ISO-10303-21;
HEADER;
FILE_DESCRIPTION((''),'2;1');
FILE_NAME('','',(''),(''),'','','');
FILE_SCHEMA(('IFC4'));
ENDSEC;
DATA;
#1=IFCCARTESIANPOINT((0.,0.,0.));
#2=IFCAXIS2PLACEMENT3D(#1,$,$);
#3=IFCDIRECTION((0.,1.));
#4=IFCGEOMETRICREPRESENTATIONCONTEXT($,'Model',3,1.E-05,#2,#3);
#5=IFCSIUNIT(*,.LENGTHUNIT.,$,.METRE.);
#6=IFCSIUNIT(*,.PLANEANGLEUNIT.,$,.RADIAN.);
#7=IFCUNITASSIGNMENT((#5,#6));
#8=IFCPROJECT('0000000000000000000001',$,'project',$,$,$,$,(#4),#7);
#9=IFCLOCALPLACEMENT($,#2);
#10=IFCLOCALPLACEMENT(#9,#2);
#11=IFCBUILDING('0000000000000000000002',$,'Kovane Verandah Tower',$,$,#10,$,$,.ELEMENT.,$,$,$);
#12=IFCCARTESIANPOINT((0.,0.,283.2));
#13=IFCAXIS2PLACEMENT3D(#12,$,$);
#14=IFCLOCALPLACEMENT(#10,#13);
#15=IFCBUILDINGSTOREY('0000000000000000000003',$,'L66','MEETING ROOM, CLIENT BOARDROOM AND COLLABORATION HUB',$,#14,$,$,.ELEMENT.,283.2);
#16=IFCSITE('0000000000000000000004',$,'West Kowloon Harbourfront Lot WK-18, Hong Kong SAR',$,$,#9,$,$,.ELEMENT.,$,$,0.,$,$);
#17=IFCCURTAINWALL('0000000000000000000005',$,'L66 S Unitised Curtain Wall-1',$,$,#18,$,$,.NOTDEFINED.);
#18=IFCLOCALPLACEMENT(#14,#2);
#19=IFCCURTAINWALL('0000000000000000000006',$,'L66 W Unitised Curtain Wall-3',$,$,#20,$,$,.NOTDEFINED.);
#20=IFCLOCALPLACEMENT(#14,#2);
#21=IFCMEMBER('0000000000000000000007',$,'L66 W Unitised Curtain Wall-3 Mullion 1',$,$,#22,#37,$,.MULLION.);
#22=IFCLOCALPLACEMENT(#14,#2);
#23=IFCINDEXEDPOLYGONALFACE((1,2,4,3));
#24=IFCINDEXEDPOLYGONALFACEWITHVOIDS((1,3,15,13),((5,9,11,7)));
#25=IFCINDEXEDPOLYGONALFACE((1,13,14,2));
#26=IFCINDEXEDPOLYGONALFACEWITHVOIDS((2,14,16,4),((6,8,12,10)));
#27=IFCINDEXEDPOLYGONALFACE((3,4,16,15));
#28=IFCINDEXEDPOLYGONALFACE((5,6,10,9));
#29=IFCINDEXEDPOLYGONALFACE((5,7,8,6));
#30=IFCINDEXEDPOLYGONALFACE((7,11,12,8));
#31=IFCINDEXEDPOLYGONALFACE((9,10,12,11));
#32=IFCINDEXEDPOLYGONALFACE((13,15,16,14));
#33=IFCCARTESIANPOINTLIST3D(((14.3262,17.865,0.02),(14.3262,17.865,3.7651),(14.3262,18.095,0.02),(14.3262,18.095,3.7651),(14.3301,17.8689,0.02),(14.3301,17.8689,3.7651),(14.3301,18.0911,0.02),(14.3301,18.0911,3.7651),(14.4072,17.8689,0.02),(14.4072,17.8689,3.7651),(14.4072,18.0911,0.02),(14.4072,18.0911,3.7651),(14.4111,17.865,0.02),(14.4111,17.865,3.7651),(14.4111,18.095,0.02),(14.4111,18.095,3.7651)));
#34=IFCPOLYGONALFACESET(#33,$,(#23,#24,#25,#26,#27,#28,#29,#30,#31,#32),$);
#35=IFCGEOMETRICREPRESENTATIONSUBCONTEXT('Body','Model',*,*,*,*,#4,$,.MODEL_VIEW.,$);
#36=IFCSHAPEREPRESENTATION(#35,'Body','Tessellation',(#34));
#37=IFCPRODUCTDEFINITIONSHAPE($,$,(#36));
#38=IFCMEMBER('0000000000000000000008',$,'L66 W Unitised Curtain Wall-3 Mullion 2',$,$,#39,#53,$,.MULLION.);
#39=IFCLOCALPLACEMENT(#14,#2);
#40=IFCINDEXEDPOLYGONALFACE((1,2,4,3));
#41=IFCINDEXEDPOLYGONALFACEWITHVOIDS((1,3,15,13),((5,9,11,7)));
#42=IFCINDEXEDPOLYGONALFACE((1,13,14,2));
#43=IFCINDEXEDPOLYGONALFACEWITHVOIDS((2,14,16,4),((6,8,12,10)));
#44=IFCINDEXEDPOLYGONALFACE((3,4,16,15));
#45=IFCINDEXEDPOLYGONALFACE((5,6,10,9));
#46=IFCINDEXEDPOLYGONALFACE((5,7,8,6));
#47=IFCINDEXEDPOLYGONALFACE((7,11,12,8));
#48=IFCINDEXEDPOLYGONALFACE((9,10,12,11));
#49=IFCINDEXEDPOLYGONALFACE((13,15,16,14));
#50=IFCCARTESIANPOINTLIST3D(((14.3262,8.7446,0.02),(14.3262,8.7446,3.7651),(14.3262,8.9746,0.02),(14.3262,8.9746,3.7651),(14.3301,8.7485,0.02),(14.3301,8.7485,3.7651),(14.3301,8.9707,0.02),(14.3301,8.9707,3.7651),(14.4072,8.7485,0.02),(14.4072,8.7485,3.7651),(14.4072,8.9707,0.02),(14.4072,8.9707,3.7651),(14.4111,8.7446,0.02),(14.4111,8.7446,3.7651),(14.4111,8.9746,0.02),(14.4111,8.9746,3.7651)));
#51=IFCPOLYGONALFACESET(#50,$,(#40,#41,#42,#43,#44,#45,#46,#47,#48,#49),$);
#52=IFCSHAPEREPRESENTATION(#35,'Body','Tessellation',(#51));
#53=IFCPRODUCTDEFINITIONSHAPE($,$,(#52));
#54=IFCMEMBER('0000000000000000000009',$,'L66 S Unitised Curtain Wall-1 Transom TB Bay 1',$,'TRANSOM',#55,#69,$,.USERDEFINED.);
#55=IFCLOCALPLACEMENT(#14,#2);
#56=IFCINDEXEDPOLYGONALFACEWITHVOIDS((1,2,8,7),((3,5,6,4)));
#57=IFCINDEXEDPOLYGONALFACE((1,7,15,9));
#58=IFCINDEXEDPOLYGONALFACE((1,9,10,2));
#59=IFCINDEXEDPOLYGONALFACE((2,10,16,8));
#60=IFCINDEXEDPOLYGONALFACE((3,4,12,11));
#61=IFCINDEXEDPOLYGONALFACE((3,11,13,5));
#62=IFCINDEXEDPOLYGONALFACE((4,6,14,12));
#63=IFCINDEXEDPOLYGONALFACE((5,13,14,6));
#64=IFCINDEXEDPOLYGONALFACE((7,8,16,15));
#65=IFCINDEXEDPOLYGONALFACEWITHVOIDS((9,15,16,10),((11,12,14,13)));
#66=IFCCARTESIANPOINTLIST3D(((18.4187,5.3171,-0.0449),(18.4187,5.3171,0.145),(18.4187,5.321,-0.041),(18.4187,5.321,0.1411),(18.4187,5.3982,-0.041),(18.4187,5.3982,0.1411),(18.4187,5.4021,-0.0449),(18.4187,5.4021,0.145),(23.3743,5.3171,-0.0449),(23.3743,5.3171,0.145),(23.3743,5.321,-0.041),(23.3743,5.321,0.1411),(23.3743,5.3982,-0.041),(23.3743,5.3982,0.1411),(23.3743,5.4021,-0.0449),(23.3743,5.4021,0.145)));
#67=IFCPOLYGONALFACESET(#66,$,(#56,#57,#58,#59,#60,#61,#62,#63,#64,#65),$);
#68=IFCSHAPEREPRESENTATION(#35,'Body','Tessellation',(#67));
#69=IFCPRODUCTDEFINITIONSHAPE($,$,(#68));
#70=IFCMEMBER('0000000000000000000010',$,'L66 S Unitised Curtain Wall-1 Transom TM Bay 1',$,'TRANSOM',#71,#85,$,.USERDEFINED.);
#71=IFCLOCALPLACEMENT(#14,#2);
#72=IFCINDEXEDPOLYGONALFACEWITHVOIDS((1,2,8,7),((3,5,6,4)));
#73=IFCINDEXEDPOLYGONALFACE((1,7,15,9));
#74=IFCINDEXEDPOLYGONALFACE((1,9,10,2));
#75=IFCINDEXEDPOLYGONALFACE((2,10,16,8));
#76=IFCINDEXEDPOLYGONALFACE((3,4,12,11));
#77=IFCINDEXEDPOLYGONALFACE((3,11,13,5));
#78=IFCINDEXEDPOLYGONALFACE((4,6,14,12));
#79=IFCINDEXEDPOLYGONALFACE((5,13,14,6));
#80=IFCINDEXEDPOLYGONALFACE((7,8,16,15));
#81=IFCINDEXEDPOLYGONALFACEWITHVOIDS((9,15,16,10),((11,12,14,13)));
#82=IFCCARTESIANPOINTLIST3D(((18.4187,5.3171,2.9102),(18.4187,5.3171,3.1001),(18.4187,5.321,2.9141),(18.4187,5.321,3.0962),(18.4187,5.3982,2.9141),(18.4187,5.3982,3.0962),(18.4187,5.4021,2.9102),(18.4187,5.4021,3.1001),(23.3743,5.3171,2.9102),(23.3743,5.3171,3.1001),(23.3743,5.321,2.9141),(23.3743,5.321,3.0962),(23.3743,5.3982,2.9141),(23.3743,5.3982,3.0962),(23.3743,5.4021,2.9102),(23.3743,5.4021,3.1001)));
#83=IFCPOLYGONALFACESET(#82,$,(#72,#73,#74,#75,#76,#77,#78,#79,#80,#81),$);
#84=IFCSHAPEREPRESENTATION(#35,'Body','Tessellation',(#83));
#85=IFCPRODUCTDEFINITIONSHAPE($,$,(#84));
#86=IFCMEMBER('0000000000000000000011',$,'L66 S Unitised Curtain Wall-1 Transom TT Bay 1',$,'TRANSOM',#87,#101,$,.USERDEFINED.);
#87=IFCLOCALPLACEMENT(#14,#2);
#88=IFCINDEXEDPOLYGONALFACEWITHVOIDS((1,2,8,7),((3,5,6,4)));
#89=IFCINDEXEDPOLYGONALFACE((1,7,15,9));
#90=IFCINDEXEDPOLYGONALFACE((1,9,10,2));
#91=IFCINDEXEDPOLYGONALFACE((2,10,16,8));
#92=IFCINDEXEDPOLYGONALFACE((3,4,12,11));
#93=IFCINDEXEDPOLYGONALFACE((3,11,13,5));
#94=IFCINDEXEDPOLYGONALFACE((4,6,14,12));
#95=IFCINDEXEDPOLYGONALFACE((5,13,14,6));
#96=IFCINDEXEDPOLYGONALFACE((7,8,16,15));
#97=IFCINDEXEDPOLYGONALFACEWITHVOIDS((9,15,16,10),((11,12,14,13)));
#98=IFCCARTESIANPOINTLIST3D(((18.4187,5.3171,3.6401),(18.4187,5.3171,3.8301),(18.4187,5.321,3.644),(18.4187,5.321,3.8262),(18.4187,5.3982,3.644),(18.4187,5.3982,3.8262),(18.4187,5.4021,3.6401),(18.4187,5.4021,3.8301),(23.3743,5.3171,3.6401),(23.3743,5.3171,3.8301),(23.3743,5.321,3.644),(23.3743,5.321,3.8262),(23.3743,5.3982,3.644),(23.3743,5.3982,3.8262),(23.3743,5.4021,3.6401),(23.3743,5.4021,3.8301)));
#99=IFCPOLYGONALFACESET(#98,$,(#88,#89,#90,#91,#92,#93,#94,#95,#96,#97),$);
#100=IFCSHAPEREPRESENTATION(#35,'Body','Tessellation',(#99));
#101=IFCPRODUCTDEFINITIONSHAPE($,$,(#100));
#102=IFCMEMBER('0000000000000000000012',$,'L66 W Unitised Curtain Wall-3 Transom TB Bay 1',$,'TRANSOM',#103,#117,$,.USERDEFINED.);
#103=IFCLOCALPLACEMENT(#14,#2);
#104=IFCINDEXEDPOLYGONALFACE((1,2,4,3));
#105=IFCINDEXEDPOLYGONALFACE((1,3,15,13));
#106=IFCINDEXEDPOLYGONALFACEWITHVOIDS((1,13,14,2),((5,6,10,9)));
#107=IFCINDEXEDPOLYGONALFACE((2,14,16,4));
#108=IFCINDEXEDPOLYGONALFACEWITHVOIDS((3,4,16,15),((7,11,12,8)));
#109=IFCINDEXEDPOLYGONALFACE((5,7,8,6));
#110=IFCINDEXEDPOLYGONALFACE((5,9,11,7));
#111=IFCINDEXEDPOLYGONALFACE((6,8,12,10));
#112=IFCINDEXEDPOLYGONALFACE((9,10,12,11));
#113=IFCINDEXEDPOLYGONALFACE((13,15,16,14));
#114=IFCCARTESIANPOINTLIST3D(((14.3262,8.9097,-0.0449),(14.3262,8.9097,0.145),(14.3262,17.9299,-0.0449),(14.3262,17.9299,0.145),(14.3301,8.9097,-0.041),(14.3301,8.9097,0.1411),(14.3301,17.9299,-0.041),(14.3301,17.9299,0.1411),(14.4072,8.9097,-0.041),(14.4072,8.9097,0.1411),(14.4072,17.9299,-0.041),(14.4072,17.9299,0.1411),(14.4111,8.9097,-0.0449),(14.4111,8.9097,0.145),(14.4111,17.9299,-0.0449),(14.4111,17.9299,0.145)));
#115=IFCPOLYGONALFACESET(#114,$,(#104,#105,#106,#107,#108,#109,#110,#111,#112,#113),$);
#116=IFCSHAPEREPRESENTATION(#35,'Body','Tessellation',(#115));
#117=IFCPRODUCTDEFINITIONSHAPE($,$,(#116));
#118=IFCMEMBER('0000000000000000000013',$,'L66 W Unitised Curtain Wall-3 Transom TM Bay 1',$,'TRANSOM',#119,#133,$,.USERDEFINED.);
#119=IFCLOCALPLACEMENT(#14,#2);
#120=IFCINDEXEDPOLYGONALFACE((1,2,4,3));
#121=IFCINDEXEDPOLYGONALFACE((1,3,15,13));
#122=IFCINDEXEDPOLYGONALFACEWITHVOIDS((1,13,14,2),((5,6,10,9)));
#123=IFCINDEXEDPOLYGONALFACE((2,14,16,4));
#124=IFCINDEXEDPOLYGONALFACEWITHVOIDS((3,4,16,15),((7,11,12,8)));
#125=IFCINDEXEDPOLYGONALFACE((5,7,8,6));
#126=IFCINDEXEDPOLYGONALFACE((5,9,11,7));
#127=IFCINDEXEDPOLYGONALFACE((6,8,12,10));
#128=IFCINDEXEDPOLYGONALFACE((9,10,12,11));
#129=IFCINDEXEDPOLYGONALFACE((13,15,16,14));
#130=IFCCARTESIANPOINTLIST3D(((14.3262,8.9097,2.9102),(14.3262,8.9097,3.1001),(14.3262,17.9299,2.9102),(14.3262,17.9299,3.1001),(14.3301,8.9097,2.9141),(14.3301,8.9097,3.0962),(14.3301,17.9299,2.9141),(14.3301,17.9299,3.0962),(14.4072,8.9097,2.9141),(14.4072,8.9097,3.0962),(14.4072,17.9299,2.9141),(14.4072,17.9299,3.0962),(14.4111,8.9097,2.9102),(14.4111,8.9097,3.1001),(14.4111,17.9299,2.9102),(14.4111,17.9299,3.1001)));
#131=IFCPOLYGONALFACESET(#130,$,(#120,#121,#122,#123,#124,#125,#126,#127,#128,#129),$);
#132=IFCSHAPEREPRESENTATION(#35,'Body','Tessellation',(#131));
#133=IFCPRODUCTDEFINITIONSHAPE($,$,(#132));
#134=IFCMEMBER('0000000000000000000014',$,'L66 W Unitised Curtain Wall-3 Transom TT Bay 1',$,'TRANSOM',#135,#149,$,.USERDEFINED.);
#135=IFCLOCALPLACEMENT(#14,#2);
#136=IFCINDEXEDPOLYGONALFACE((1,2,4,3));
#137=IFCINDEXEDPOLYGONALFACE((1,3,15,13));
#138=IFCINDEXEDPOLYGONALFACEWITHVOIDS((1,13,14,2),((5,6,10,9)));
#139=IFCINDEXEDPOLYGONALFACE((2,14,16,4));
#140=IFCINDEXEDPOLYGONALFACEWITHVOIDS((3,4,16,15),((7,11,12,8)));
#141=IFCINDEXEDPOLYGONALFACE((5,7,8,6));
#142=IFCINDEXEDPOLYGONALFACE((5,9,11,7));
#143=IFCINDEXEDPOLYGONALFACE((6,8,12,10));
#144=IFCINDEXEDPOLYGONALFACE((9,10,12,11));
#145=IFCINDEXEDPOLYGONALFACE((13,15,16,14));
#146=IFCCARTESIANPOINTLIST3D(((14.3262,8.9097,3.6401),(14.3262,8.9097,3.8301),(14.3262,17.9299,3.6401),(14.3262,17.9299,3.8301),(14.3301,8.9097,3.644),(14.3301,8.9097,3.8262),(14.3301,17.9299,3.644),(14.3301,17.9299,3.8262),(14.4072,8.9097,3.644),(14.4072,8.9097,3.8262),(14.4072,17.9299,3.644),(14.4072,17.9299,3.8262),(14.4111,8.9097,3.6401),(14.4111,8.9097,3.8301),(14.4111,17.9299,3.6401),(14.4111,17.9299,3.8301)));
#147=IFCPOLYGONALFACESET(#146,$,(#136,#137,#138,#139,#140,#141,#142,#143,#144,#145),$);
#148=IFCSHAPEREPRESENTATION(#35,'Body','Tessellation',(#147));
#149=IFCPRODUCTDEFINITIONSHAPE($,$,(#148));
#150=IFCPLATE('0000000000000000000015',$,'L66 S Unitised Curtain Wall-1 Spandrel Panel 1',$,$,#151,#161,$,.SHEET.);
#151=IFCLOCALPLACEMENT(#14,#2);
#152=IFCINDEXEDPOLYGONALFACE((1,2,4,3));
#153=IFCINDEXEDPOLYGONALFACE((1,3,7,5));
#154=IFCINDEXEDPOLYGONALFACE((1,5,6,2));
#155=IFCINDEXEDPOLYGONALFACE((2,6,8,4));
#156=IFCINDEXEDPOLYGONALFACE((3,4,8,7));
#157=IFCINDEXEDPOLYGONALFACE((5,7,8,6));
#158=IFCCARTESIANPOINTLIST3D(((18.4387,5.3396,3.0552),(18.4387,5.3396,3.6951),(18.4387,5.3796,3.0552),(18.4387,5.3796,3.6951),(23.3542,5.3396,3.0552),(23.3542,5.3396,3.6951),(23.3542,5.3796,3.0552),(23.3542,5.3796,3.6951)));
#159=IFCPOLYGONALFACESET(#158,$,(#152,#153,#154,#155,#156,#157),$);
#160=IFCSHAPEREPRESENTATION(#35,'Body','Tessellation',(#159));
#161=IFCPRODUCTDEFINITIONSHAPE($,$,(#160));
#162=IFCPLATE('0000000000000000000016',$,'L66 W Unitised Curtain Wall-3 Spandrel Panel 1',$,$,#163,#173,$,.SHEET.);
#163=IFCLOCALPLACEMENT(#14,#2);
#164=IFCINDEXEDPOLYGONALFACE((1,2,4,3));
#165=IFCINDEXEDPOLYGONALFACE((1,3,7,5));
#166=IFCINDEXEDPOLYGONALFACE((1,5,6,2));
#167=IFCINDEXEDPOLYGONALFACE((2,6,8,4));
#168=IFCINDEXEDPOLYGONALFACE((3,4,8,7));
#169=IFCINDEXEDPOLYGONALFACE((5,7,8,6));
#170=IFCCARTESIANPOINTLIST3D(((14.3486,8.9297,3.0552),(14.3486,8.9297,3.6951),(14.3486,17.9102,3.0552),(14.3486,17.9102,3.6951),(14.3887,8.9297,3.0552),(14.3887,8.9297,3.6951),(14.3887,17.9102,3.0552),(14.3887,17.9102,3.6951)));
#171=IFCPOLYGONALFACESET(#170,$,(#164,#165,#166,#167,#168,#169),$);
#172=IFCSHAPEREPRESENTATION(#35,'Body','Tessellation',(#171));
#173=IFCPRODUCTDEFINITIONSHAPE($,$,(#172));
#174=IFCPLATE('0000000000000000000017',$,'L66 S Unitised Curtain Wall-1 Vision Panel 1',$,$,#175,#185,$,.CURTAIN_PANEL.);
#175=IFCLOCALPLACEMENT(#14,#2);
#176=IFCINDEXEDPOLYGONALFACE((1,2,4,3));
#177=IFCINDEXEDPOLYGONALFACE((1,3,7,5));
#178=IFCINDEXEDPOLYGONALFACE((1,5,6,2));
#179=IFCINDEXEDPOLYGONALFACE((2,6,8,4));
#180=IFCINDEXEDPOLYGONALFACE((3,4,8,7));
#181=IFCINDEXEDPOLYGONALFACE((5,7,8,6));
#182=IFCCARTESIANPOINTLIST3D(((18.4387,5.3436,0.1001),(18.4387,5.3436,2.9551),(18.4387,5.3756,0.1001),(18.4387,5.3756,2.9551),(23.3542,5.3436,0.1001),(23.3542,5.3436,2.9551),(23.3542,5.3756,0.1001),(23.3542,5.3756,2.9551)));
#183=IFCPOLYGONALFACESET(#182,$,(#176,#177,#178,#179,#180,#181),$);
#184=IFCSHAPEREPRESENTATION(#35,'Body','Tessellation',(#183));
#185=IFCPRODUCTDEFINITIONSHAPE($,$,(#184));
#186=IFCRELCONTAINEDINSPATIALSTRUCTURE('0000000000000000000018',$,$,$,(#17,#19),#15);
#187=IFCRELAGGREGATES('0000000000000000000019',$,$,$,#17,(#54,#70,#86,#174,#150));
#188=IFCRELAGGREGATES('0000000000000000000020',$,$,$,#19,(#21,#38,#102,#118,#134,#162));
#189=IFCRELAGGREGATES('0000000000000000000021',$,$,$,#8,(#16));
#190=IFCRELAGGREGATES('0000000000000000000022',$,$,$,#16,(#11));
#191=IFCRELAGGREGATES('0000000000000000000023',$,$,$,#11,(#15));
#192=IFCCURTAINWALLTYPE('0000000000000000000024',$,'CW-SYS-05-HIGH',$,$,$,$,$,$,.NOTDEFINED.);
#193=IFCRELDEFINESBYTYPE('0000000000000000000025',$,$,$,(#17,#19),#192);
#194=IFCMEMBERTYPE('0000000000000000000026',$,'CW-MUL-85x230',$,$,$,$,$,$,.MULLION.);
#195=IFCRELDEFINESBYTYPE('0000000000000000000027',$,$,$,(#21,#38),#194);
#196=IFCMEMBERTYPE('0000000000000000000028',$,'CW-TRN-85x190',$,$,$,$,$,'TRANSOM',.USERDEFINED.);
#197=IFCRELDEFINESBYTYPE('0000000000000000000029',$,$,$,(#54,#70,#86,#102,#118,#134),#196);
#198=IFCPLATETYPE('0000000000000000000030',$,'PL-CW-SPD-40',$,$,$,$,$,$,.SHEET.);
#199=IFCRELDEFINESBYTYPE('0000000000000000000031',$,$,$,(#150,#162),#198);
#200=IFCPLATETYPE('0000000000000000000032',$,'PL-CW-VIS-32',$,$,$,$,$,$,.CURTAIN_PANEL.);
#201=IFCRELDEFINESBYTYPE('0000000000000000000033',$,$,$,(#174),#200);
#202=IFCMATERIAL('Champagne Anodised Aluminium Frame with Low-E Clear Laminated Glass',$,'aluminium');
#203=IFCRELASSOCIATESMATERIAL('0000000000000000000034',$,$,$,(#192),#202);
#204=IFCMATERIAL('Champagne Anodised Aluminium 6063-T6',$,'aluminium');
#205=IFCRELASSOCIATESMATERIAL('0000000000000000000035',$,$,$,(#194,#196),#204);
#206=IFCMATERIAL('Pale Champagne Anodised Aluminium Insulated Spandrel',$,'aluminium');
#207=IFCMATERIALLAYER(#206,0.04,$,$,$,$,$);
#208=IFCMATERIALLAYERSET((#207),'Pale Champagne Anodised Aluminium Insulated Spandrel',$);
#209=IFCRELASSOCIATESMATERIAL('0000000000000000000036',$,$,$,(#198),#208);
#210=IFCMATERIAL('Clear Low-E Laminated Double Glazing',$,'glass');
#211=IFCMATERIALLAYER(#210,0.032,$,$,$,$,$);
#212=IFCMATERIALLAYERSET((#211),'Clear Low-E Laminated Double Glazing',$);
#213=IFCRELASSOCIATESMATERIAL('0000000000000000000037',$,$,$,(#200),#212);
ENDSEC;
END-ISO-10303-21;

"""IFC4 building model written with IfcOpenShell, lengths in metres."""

from ifc_helpers import new_model, si_unit, direction, frame, origin, origin_2d, place, context, subcontext, project, spatial, rectangle, hollow_rectangle, extrude, material, layer, layer_set, material_profile, profile_set, type_object, element, aggregate, save


model = new_model("IFC4")

# Units and contexts
model_context = context("Model", 3, precision=1e-05, world=origin(), true_north=direction((0.0, 1.0)))
body_context = subcontext(model_context, "Body", "Model", "MODEL_VIEW")
ifc_project = project(units=[si_unit("LENGTHUNIT", "METRE"), si_unit("PLANEANGLEUNIT", "RADIAN")], contexts=[model_context])

# Site, building, storey
site_placement = place(None, origin())
site = spatial("IfcSite", under=ifc_project, at=site_placement, Name="West Kowloon Harbourfront Lot WK-18, Hong Kong SAR", CompositionType="ELEMENT", RefElevation=0.0)
building_placement = place(site_placement, origin())
building = spatial("IfcBuilding", under=site, at=building_placement, Name="Kovane Verandah Tower", CompositionType="ELEMENT")
storey_placement = place(building_placement, frame((0.0, 0.0, 283.2)))
storey = spatial("IfcBuildingStorey", under=building, at=storey_placement, Name="L66", Description="MEETING ROOM, CLIENT BOARDROOM AND COLLABORATION HUB", CompositionType="ELEMENT", Elevation=283.2)

# Curtain wall
ifc_material_1 = material(Name="Champagne Anodised Aluminium Frame with Low-E Clear Laminated Glass", Category="aluminium")
curtain_wall_type = type_object("IfcCurtainWallType", Name="CW-SYS-05-HIGH", PredefinedType="NOTDEFINED", material=ifc_material_1)
curtain_wall_1_placement = place(storey_placement, origin())
curtain_wall_1 = element("IfcCurtainWall", 1, at=curtain_wall_1_placement, inside=storey, type_object=curtain_wall_type, Name="L66 S Unitised Curtain Wall-1", PredefinedType="NOTDEFINED")
ifc_material_2 = material(Name="Champagne Anodised Aluminium 6063-T6", Category="aluminium")
ifc_material_profile_1 = material_profile(ifc_material_2, hollow_rectangle(XDim=0.085, YDim=0.23, WallThickness=0.0039, at=origin_2d()), Name="AL85x230x4")
ifc_profile_set_1 = profile_set([ifc_material_profile_1], Name="Champagne Anodised Aluminium 6063-T6")
member_type_1 = type_object("IfcMemberType", Name="CW-MUL-85x230", PredefinedType="MULLION", material=ifc_profile_set_1)

# Curtain wall, members
curtain_wall_2_placement = place(storey_placement, origin())
curtain_wall_2 = element("IfcCurtainWall", 2, at=curtain_wall_2_placement, inside=storey, type_object=curtain_wall_type, Name="L66 W Unitised Curtain Wall-3", PredefinedType="NOTDEFINED")
member_1_placement = place(storey_placement, frame((14.3687, 17.98, 0.02), z_axis=(0.0, 0.0, 1.0), x_axis=(-1.0, 0.0, 0.0)))
member_1 = element("IfcMember", 3, at=member_1_placement, type_object=member_type_1, Name="L66 W Unitised Curtain Wall-3 Mullion 1", PredefinedType="MULLION", context=body_context, shape_type="SweptSolid", body=[
    extrude(hollow_rectangle(XDim=0.085, YDim=0.23, WallThickness=0.0039, at=origin_2d()), origin(), (0.0, 0.0, 1.0), 3.7451),
])
member_2_placement = place(storey_placement, frame((14.3687, 8.8596, 0.02), z_axis=(0.0, 0.0, 1.0), x_axis=(-1.0, 0.0, 0.0)))
member_2 = element("IfcMember", 4, at=member_2_placement, type_object=member_type_1, Name="L66 W Unitised Curtain Wall-3 Mullion 2", PredefinedType="MULLION", context=body_context, shape_type="SweptSolid", body=[
    extrude(hollow_rectangle(XDim=0.085, YDim=0.23, WallThickness=0.0039, at=origin_2d()), origin(), (0.0, 0.0, 1.0), 3.7451),
])

# Members
ifc_material_profile_2 = material_profile(ifc_material_2, hollow_rectangle(XDim=0.085, YDim=0.1899, WallThickness=0.0039, at=origin_2d()), Name="AL85x190x4")
ifc_profile_set_2 = profile_set([ifc_material_profile_2], Name="Champagne Anodised Aluminium 6063-T6")
member_type_2 = type_object("IfcMemberType", Name="CW-TRN-85x190", ElementType="TRANSOM", PredefinedType="USERDEFINED", material=ifc_profile_set_2)
member_3_placement = place(storey_placement, frame((18.4187, 5.3596, 0.05), z_axis=(1.0, 0.0, 0.0), x_axis=(0.0, 1.0, 0.0)))
member_3 = element("IfcMember", 5, at=member_3_placement, type_object=member_type_2, Name="L66 S Unitised Curtain Wall-1 Transom TB Bay 1", ObjectType="TRANSOM", PredefinedType="USERDEFINED", context=body_context, shape_type="SweptSolid", body=[
    extrude(hollow_rectangle(XDim=0.085, YDim=0.1899, WallThickness=0.0039, at=origin_2d()), origin(), (0.0, 0.0, 1.0), 4.9556),
])
member_4_placement = place(storey_placement, frame((18.4187, 5.3596, 3.0051), z_axis=(1.0, 0.0, 0.0), x_axis=(0.0, 1.0, 0.0)))
member_4 = element("IfcMember", 6, at=member_4_placement, type_object=member_type_2, Name="L66 S Unitised Curtain Wall-1 Transom TM Bay 1", ObjectType="TRANSOM", PredefinedType="USERDEFINED", context=body_context, shape_type="SweptSolid", body=[
    extrude(hollow_rectangle(XDim=0.085, YDim=0.1899, WallThickness=0.0039, at=origin_2d()), origin(), (0.0, 0.0, 1.0), 4.9556),
])
member_5_placement = place(storey_placement, frame((18.4187, 5.3596, 3.7351), z_axis=(1.0, 0.0, 0.0), x_axis=(0.0, 1.0, 0.0)))
member_5 = element("IfcMember", 7, at=member_5_placement, type_object=member_type_2, Name="L66 S Unitised Curtain Wall-1 Transom TT Bay 1", ObjectType="TRANSOM", PredefinedType="USERDEFINED", context=body_context, shape_type="SweptSolid", body=[
    extrude(hollow_rectangle(XDim=0.085, YDim=0.1899, WallThickness=0.0039, at=origin_2d()), origin(), (0.0, 0.0, 1.0), 4.9556),
])
member_6_placement = place(storey_placement, frame((14.3687, 17.9299, 0.05), z_axis=(0.0, -1.0, 0.0), x_axis=(1.0, 0.0, 0.0)))
member_6 = element("IfcMember", 8, at=member_6_placement, type_object=member_type_2, Name="L66 W Unitised Curtain Wall-3 Transom TB Bay 1", ObjectType="TRANSOM", PredefinedType="USERDEFINED", context=body_context, shape_type="SweptSolid", body=[
    extrude(hollow_rectangle(XDim=0.085, YDim=0.1899, WallThickness=0.0039, at=origin_2d()), origin(), (0.0, 0.0, 1.0), 9.0203),
])
member_7_placement = place(storey_placement, frame((14.3687, 17.9299, 3.0051), z_axis=(0.0, -1.0, 0.0), x_axis=(1.0, 0.0, 0.0)))
member_7 = element("IfcMember", 9, at=member_7_placement, type_object=member_type_2, Name="L66 W Unitised Curtain Wall-3 Transom TM Bay 1", ObjectType="TRANSOM", PredefinedType="USERDEFINED", context=body_context, shape_type="SweptSolid", body=[
    extrude(hollow_rectangle(XDim=0.085, YDim=0.1899, WallThickness=0.0039, at=origin_2d()), origin(), (0.0, 0.0, 1.0), 9.0203),
])
member_8_placement = place(storey_placement, frame((14.3687, 17.9299, 3.7351), z_axis=(0.0, -1.0, 0.0), x_axis=(1.0, 0.0, 0.0)))
member_8 = element("IfcMember", 10, at=member_8_placement, type_object=member_type_2, Name="L66 W Unitised Curtain Wall-3 Transom TT Bay 1", ObjectType="TRANSOM", PredefinedType="USERDEFINED", context=body_context, shape_type="SweptSolid", body=[
    extrude(hollow_rectangle(XDim=0.085, YDim=0.1899, WallThickness=0.0039, at=origin_2d()), origin(), (0.0, 0.0, 1.0), 9.0203),
])

# Plates
ifc_material_3 = material(Name="Pale Champagne Anodised Aluminium Insulated Spandrel", Category="aluminium")
ifc_layer_1 = layer(ifc_material_3, 0.04)
ifc_layer_set_1 = layer_set([ifc_layer_1], Name="Pale Champagne Anodised Aluminium Insulated Spandrel")
plate_type_1 = type_object("IfcPlateType", Name="PL-CW-SPD-40", PredefinedType="SHEET", material=ifc_layer_set_1)
plate_1_placement = place(storey_placement, frame((20.8965, 5.3596, 3.0552), z_axis=(0.0, 0.0, 1.0), x_axis=(1.0, 0.0, 0.0)))
plate_1 = element("IfcPlate", 11, at=plate_1_placement, type_object=plate_type_1, Name="L66 S Unitised Curtain Wall-1 Spandrel Panel 1", PredefinedType="SHEET", context=body_context, shape_type="SweptSolid", body=[
    extrude(rectangle(XDim=4.9155, YDim=0.04, at=origin_2d()), origin(), (0.0, 0.0, 1.0), 0.6399),
])
plate_2_placement = place(storey_placement, frame((14.3687, 13.4199, 3.0552), z_axis=(0.0, 0.0, 1.0), x_axis=(0.0, -1.0, 0.0)))
plate_2 = element("IfcPlate", 12, at=plate_2_placement, type_object=plate_type_1, Name="L66 W Unitised Curtain Wall-3 Spandrel Panel 1", PredefinedType="SHEET", context=body_context, shape_type="SweptSolid", body=[
    extrude(rectangle(XDim=8.9805, YDim=0.04, at=origin_2d()), origin(), (0.0, 0.0, 1.0), 0.6399),
])
ifc_material_4 = material(Name="Clear Low-E Laminated Double Glazing", Category="glass")
ifc_layer_2 = layer(ifc_material_4, 0.032)
ifc_layer_set_2 = layer_set([ifc_layer_2], Name="Clear Low-E Laminated Double Glazing")
plate_type_2 = type_object("IfcPlateType", Name="PL-CW-VIS-32", PredefinedType="CURTAIN_PANEL", material=ifc_layer_set_2)
plate_3_placement = place(storey_placement, frame((20.8965, 5.3596, 0.1001), z_axis=(0.0, 0.0, 1.0), x_axis=(1.0, 0.0, 0.0)))
plate_3 = element("IfcPlate", 13, at=plate_3_placement, type_object=plate_type_2, Name="L66 S Unitised Curtain Wall-1 Vision Panel 1", PredefinedType="CURTAIN_PANEL", context=body_context, shape_type="SweptSolid", body=[
    extrude(rectangle(XDim=4.9155, YDim=0.032, at=origin_2d()), origin(), (0.0, 0.0, 1.0), 2.855),
])
aggregate(curtain_wall_1, [member_3, member_4, member_5, plate_3, plate_1])
aggregate(curtain_wall_2, [member_1, member_2, member_6, member_7, member_8, plate_2])

save(model, "model.ifc")
